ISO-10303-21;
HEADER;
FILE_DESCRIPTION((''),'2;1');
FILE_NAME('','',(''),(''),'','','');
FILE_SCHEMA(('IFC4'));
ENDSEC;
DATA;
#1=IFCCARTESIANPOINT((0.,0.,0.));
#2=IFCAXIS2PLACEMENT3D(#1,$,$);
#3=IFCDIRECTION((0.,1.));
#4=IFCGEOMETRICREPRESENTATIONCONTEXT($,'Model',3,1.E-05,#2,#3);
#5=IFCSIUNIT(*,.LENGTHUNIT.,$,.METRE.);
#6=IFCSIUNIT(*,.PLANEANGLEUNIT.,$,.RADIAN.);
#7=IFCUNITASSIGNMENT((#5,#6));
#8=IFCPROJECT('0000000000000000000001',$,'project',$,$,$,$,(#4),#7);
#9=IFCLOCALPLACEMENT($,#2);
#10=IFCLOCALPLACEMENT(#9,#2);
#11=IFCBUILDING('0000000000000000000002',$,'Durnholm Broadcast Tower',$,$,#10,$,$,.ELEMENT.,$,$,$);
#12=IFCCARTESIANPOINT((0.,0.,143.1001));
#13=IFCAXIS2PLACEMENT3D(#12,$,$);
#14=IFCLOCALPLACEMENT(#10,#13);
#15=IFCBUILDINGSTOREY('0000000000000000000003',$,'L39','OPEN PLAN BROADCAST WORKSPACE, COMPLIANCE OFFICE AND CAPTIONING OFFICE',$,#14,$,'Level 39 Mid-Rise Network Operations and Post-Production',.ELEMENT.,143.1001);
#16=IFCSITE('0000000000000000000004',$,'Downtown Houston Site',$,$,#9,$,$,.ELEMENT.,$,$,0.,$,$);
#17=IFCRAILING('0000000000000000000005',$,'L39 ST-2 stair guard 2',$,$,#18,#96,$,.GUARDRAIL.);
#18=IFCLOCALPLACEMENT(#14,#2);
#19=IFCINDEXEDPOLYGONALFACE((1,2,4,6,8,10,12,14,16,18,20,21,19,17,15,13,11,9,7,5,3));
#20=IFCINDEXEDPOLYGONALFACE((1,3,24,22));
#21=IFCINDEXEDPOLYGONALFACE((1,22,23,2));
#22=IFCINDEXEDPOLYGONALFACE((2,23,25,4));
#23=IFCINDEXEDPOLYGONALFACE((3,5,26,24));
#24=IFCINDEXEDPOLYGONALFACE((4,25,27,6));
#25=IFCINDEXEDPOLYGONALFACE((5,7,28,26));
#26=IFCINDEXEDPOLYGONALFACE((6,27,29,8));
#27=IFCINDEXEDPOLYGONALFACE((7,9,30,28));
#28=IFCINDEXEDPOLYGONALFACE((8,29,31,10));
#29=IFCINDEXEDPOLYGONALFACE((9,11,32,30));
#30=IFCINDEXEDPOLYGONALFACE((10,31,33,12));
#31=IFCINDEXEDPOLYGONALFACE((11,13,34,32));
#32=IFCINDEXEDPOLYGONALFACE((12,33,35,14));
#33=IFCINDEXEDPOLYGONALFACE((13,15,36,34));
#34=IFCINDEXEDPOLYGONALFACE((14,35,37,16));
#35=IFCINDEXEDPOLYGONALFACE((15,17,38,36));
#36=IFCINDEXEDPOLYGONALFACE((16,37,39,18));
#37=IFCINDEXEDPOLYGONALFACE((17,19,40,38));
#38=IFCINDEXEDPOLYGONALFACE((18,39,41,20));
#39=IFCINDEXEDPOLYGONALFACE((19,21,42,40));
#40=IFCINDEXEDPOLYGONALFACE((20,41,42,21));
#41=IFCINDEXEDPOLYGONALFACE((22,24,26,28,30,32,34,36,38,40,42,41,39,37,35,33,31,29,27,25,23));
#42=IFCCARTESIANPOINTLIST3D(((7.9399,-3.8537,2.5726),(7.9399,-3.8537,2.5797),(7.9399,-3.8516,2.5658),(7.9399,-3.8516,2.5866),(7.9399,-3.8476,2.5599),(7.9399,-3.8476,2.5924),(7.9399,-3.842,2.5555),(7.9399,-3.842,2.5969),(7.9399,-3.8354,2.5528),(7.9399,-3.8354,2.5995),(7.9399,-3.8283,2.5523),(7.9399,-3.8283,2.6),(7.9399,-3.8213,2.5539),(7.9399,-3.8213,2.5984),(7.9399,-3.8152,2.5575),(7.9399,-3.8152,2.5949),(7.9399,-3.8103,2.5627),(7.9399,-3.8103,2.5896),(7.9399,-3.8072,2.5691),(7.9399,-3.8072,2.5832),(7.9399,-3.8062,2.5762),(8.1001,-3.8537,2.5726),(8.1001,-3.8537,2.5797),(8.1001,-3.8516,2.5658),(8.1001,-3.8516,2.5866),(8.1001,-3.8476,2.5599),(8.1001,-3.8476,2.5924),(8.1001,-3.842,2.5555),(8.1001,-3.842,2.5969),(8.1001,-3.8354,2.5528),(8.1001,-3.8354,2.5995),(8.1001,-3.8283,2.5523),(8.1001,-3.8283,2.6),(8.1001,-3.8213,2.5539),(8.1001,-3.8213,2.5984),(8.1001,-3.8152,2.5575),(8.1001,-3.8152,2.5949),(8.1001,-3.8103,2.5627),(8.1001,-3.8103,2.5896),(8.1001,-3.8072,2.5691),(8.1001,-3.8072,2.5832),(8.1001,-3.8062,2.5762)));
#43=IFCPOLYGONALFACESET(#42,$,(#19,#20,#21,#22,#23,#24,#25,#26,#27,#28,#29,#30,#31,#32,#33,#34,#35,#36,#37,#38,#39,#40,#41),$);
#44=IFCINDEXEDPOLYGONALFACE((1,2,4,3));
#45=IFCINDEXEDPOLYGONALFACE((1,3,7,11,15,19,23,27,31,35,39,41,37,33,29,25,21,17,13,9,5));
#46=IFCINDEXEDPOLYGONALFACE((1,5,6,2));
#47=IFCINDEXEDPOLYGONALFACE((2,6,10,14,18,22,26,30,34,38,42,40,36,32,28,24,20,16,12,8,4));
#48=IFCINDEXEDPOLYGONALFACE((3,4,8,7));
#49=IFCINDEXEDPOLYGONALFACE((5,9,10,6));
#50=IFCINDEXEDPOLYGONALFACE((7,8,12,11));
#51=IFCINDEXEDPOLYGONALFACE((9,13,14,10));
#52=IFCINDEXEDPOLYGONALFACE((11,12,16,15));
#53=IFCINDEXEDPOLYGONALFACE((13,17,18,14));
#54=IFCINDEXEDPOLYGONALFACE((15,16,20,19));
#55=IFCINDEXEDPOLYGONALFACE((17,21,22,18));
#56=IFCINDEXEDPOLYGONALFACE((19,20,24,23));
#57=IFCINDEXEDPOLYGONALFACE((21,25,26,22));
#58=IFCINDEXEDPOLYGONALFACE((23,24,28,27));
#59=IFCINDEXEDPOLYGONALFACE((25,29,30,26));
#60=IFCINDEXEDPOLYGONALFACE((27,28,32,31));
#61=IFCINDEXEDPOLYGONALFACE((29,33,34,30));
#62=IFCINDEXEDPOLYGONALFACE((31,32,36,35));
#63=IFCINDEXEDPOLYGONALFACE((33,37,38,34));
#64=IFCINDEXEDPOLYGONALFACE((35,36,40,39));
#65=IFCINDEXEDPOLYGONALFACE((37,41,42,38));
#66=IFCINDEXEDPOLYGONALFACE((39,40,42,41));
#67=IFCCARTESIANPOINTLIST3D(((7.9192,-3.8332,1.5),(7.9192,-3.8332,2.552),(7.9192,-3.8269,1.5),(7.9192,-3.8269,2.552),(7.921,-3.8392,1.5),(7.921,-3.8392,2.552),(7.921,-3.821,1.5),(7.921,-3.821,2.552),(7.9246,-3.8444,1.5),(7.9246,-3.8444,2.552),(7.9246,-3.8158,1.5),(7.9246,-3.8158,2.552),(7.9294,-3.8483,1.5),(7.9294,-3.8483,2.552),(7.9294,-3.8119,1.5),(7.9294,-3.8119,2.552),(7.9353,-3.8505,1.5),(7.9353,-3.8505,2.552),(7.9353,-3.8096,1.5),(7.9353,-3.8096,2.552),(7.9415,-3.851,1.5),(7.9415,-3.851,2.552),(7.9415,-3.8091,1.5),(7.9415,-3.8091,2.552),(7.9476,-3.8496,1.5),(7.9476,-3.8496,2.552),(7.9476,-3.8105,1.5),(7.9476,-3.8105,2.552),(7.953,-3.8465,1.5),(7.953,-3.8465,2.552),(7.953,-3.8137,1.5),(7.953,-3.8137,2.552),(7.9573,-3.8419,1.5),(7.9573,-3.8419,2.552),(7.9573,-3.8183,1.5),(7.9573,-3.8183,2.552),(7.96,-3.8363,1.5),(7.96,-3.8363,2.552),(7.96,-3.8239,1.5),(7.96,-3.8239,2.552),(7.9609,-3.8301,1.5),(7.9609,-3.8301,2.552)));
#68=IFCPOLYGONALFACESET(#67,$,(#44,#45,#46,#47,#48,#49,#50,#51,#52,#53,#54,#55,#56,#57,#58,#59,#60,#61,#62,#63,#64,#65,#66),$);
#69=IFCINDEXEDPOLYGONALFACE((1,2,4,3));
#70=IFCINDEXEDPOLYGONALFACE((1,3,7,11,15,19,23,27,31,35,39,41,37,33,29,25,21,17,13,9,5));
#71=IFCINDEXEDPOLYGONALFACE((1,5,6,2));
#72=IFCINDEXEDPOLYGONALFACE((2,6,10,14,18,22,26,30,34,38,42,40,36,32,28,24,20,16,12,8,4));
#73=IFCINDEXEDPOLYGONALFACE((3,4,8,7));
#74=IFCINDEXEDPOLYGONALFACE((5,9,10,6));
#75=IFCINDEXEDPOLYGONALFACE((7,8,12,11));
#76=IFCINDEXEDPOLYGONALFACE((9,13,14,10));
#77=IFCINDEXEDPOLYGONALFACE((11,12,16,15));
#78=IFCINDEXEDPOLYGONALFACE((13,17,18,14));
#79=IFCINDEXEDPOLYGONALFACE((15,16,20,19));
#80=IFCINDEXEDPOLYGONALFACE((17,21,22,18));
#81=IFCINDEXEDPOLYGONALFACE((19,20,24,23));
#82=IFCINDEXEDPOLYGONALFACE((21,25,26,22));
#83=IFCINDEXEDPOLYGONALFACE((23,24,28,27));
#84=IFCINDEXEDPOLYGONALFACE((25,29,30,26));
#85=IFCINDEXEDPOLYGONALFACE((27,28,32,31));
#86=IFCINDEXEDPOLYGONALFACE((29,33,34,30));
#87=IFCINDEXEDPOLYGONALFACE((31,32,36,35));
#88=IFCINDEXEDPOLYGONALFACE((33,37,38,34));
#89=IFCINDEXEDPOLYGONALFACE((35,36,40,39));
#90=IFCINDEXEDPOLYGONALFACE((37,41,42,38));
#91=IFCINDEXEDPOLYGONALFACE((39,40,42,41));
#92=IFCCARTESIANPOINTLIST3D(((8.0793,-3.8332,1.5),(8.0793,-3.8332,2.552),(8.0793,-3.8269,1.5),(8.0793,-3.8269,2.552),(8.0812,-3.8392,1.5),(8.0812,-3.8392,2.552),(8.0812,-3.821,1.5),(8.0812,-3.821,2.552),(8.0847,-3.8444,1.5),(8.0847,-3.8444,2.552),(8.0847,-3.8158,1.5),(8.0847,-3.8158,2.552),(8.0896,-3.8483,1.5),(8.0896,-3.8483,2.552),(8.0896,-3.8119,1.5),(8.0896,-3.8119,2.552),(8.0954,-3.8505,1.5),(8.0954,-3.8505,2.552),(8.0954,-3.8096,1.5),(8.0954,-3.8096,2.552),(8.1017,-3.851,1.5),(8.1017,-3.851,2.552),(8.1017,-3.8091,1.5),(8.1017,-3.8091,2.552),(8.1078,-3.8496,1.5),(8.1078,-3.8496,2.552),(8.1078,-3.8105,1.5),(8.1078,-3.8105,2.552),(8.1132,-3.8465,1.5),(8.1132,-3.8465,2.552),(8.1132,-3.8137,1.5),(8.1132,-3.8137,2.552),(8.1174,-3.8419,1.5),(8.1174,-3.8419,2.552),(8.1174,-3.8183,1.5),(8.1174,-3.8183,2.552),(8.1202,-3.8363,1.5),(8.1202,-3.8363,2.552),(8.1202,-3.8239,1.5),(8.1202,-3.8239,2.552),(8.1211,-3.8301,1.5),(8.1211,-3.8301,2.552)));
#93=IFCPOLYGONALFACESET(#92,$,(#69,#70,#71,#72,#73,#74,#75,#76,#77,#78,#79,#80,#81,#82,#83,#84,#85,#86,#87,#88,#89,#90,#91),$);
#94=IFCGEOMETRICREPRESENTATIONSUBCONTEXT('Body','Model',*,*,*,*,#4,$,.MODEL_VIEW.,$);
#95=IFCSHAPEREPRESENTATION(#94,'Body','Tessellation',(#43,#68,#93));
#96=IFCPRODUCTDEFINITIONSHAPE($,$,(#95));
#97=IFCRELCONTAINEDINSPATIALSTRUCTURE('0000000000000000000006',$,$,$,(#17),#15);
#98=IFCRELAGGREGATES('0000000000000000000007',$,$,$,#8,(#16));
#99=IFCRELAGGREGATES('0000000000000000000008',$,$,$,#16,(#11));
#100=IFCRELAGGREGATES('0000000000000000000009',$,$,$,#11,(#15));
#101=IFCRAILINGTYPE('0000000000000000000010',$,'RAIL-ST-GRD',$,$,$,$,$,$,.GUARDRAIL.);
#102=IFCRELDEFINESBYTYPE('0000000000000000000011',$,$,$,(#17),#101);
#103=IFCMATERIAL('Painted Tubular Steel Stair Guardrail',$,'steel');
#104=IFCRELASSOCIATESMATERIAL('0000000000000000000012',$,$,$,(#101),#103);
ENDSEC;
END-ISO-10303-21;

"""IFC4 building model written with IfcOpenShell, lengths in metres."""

from ifc_helpers import new_model, si_unit, direction, frame, origin, origin_2d, place, context, subcontext, project, spatial, circle, extrude, material, type_object, element, save


model = new_model("IFC4")

# Units and contexts
model_context = context("Model", 3, precision=1e-05, world=origin(), true_north=direction((0.0, 1.0)))
body_context = subcontext(model_context, "Body", "Model", "MODEL_VIEW")
ifc_project = project(units=[si_unit("LENGTHUNIT", "METRE"), si_unit("PLANEANGLEUNIT", "RADIAN")], contexts=[model_context])

# Site, building, storey
site_placement = place(None, origin())
site = spatial("IfcSite", under=ifc_project, at=site_placement, Name="Downtown Houston Site", CompositionType="ELEMENT", RefElevation=0.0)
building_placement = place(site_placement, origin())
building = spatial("IfcBuilding", under=site, at=building_placement, Name="Durnholm Broadcast Tower", CompositionType="ELEMENT")
storey_placement = place(building_placement, frame((0.0, 0.0, 143.1001)))
storey = spatial("IfcBuildingStorey", under=building, at=storey_placement, Name="L39", Description="OPEN PLAN BROADCAST WORKSPACE, COMPLIANCE OFFICE AND CAPTIONING OFFICE", LongName="Level 39 Mid-Rise Network Operations and Post-Production", CompositionType="ELEMENT", Elevation=143.1001)

# Railing
ifc_material_1 = material(Name="Painted Tubular Steel Stair Guardrail", Category="steel")
railing_type_1 = type_object("IfcRailingType", Name="RAIL-ST-GRD", PredefinedType="GUARDRAIL", material=ifc_material_1)
railing_1_placement = place(storey_placement, frame((7.9399, -3.8301, 1.5)))
element("IfcRailing", 1, at=railing_1_placement, inside=storey, type_object=railing_type_1, Name="L39 ST-2 stair guard 2", PredefinedType="GUARDRAIL", context=body_context, shape_type="SweptSolid", body=[
    extrude(circle(Radius=0.0239, at=origin_2d()), frame((0.0, 0.0, 1.0762), z_axis=(1.0, 0.0, 0.0), x_axis=(0.0, 1.0, 0.0)), (0.0, 0.0, 1.0), 0.1602),
    extrude(circle(Radius=0.021, at=origin_2d()), origin(), (0.0, 0.0, 1.0), 1.052),
    extrude(circle(Radius=0.021, at=origin_2d()), frame((0.1602, 0.0, 0.0)), (0.0, 0.0, 1.0), 1.052),
])

save(model, "model.ifc")
